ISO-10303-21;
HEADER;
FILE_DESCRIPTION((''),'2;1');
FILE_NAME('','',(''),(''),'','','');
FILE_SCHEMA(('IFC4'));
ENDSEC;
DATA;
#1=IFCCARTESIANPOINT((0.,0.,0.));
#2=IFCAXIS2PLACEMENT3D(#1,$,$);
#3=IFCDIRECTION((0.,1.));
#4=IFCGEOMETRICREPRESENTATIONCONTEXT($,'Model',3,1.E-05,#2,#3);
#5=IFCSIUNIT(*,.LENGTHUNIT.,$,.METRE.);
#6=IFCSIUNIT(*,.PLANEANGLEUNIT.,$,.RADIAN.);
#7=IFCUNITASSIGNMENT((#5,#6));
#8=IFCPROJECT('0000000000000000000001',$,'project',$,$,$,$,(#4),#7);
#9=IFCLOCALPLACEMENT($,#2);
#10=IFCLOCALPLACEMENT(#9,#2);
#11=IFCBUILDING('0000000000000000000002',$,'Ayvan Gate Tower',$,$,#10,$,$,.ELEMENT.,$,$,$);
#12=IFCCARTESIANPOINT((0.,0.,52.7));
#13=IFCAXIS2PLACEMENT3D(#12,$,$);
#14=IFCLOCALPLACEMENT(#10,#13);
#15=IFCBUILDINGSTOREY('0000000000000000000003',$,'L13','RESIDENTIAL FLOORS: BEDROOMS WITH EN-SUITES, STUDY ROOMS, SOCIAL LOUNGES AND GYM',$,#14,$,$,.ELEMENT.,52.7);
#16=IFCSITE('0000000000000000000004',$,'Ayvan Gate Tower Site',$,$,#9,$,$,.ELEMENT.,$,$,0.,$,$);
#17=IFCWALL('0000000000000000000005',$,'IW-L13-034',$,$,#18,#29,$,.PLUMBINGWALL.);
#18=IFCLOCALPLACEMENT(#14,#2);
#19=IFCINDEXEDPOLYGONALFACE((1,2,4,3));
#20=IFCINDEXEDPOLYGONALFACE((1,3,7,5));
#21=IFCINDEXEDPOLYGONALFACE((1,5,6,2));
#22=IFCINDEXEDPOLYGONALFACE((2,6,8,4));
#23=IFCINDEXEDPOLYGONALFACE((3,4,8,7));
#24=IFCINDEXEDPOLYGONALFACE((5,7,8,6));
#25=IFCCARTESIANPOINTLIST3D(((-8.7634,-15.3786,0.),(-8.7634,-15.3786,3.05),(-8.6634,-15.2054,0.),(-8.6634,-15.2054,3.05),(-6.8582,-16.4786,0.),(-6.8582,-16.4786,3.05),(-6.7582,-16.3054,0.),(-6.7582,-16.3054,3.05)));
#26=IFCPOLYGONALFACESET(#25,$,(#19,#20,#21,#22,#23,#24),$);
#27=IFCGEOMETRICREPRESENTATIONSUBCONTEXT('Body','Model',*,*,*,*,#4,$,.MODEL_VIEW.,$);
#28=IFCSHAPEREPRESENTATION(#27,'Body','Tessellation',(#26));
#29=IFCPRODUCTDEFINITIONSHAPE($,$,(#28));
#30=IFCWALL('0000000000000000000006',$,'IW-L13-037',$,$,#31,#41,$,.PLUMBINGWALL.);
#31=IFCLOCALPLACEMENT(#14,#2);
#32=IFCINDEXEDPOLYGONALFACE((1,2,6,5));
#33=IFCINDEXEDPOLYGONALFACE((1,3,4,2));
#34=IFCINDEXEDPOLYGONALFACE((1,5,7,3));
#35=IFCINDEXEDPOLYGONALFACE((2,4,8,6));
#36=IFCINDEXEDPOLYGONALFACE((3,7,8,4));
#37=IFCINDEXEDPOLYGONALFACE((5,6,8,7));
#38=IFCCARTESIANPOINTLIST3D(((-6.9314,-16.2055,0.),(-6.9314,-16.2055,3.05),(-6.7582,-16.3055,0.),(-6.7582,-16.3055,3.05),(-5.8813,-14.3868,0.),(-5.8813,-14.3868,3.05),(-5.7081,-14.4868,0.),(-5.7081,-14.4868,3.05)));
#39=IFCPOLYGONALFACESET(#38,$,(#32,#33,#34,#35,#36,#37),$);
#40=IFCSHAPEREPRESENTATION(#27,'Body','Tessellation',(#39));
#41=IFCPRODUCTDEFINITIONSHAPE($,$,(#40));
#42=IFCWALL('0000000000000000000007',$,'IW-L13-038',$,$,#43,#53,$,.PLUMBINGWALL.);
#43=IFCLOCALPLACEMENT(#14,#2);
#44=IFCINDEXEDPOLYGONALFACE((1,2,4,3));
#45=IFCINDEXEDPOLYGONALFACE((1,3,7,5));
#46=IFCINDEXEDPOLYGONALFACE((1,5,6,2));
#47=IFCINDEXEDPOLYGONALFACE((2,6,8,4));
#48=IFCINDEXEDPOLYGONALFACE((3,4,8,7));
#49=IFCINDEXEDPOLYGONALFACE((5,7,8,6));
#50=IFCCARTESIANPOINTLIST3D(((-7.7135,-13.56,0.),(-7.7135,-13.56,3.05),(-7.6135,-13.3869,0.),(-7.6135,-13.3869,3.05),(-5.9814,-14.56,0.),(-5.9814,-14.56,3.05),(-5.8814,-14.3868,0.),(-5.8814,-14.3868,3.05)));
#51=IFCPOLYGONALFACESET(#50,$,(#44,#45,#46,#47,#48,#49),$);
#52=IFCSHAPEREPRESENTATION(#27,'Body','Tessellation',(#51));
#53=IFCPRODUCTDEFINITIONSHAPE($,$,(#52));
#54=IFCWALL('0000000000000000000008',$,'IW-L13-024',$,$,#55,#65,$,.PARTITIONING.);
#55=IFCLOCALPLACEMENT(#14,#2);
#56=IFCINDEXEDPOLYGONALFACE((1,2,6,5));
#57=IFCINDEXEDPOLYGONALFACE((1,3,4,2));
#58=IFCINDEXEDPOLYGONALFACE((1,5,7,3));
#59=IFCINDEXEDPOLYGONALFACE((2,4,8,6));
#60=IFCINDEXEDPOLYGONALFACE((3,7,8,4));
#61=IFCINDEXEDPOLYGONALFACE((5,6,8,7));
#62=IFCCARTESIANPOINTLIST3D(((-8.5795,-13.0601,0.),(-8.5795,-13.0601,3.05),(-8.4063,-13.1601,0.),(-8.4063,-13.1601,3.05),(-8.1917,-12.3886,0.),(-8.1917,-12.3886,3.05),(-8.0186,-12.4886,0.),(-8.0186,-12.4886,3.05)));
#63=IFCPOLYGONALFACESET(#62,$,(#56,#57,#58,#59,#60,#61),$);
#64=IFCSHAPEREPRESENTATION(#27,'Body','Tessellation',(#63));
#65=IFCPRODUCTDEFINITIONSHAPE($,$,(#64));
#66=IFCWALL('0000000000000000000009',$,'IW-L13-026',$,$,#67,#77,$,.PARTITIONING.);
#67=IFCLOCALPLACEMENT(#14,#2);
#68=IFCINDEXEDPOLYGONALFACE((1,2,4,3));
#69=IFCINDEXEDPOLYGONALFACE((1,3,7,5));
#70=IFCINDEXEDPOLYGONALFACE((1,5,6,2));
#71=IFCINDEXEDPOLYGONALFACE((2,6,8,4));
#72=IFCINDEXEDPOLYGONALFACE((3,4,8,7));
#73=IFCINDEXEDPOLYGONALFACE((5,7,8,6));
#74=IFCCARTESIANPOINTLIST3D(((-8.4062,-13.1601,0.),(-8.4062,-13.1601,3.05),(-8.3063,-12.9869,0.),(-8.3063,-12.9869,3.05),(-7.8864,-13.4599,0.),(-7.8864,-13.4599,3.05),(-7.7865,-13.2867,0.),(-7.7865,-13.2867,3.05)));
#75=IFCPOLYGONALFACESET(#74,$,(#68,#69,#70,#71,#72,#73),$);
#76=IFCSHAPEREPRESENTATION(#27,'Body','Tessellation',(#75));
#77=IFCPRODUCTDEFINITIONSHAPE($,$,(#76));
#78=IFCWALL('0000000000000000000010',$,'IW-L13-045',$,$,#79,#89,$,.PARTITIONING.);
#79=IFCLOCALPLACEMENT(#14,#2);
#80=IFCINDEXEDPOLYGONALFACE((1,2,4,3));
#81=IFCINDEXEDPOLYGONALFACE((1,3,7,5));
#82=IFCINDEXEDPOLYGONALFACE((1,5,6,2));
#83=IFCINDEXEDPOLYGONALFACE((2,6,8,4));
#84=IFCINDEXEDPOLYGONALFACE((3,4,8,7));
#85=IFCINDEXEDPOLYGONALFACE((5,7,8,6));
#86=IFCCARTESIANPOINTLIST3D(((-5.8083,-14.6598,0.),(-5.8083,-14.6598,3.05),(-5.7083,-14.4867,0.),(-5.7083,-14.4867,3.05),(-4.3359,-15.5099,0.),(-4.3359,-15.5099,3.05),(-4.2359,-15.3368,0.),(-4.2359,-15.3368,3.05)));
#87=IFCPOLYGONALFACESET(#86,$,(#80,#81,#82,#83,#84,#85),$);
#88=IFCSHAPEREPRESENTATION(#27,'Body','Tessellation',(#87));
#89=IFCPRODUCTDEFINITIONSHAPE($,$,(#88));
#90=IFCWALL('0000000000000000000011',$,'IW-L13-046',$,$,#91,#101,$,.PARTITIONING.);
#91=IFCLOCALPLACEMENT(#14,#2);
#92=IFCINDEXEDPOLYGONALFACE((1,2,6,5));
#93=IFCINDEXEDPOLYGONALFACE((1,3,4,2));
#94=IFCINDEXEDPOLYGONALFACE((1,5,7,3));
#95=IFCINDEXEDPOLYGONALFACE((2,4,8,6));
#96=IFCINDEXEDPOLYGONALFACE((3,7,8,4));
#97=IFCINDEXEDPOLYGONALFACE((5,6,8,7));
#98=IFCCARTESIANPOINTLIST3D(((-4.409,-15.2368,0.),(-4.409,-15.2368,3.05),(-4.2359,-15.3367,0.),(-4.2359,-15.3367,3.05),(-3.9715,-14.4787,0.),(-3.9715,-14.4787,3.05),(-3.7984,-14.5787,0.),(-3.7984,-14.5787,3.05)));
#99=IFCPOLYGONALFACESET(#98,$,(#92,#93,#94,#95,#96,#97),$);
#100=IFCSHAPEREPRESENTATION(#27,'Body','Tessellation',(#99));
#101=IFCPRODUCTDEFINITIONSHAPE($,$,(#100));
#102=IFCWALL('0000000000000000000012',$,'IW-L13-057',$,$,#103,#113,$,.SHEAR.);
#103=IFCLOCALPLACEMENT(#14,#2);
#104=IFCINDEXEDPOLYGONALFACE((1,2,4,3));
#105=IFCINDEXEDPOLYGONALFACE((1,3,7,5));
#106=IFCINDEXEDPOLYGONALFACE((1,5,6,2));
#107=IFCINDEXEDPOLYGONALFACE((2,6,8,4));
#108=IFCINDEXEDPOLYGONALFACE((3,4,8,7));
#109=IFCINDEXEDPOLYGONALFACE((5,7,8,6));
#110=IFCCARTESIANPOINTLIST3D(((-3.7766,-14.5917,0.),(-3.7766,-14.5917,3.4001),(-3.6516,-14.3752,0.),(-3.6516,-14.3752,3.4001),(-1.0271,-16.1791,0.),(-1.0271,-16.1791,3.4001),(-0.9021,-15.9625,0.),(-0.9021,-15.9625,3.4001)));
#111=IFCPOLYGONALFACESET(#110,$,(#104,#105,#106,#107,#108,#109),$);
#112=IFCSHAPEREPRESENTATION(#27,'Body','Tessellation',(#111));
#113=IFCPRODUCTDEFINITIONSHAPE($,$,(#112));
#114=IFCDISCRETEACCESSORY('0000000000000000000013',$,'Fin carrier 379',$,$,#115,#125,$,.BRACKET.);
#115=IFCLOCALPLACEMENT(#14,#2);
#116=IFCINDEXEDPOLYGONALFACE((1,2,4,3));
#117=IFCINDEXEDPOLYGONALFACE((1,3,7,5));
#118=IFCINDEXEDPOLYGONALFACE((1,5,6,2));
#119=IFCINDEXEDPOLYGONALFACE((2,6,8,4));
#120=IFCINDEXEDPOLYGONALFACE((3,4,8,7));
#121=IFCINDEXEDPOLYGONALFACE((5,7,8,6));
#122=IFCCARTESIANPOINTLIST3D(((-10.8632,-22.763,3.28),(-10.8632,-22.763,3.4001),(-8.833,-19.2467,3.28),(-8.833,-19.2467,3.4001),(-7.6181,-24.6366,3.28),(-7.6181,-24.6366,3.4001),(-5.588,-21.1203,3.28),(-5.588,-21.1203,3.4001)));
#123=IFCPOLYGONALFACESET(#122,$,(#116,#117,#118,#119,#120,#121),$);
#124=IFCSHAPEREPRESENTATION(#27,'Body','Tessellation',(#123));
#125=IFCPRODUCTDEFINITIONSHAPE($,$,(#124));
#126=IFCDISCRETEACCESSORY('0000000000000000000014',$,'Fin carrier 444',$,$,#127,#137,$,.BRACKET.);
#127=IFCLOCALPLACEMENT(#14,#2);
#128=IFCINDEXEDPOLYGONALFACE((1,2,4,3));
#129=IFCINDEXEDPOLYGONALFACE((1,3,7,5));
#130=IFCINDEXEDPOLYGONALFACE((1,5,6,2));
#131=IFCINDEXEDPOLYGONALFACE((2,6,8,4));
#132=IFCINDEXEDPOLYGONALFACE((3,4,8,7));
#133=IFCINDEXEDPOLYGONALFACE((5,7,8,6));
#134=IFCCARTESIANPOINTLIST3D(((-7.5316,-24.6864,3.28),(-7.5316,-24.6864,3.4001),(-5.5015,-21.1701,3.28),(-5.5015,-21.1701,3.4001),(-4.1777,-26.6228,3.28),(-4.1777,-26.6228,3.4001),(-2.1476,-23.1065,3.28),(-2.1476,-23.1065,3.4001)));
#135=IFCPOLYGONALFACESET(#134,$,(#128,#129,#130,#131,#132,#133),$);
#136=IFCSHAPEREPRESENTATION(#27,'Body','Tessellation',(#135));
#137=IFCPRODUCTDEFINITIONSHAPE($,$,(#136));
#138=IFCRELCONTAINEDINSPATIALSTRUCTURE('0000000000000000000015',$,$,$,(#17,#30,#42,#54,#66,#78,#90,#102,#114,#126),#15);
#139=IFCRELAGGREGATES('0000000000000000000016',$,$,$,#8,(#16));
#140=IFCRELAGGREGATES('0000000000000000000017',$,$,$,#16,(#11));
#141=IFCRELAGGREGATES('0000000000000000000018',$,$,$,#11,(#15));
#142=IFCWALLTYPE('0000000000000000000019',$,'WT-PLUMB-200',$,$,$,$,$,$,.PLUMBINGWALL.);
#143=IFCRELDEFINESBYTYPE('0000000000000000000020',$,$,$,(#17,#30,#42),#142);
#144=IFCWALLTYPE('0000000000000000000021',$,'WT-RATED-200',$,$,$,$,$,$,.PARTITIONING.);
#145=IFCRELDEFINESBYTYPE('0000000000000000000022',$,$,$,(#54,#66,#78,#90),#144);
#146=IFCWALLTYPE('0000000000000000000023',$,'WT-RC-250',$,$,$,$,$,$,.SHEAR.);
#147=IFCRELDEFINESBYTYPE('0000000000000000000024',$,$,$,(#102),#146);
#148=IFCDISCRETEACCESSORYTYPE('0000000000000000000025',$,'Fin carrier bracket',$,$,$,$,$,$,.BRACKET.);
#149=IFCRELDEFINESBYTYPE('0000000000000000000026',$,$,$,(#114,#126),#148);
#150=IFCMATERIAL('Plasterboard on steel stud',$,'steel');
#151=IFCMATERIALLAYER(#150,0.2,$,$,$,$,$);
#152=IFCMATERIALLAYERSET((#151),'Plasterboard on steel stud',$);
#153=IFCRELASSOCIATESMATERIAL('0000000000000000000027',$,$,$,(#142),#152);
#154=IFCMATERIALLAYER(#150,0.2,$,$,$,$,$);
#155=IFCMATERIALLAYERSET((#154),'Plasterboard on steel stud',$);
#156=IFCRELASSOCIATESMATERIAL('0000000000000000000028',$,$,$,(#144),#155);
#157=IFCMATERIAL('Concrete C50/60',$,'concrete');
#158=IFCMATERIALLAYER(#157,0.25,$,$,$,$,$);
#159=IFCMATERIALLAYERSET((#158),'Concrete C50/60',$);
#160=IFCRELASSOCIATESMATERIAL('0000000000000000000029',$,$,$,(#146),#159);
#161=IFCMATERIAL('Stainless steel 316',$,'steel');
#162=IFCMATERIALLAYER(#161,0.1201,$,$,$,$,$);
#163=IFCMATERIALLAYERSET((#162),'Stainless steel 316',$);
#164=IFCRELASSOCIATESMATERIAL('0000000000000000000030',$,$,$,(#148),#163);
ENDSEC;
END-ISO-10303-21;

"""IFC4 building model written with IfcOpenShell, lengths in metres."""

from ifc_helpers import new_model, si_unit, direction, frame, frame_2d, origin, origin_2d, place, context, subcontext, project, spatial, rectangle, extrude, material, layer, layer_set, type_object, element, save


model = new_model("IFC4")

# Units and contexts
model_context = context("Model", 3, precision=1e-05, world=origin(), true_north=direction((0.0, 1.0)))
body_context = subcontext(model_context, "Body", "Model", "MODEL_VIEW")
ifc_project = project(units=[si_unit("LENGTHUNIT", "METRE"), si_unit("PLANEANGLEUNIT", "RADIAN")], contexts=[model_context])

# Site, building, storey
site_placement = place(None, origin())
site = spatial("IfcSite", under=ifc_project, at=site_placement, Name="Ayvan Gate Tower Site", CompositionType="ELEMENT", RefElevation=0.0)
building_placement = place(site_placement, origin())
building = spatial("IfcBuilding", under=site, at=building_placement, Name="Ayvan Gate Tower", CompositionType="ELEMENT")
storey_placement = place(building_placement, frame((0.0, 0.0, 52.7)))
storey = spatial("IfcBuildingStorey", under=building, at=storey_placement, Name="L13", Description="RESIDENTIAL FLOORS: BEDROOMS WITH EN-SUITES, STUDY ROOMS, SOCIAL LOUNGES AND GYM", CompositionType="ELEMENT", Elevation=52.7)

# Walls
ifc_material_1 = material(Name="Plasterboard on steel stud", Category="steel")
ifc_layer_1 = layer(ifc_material_1, 0.2)
ifc_layer_set_1 = layer_set([ifc_layer_1], Name="Plasterboard on steel stud")
wall_type_1 = type_object("IfcWallType", Name="WT-PLUMB-200", PredefinedType="PLUMBINGWALL", material=ifc_layer_set_1)
wall_1_placement = place(storey_placement, frame((-6.8081, -16.3921, 0.0), z_axis=(0.0, 0.0, 1.0), x_axis=(-0.866008, 0.50003, 0.0)))
element("IfcWall", 1, at=wall_1_placement, inside=storey, type_object=wall_type_1, Name="IW-L13-034", PredefinedType="PLUMBINGWALL", context=body_context, shape_type="SweptSolid", body=[
    extrude(rectangle(XDim=2.2, YDim=0.2, at=frame_2d((1.1001, 0.0))), origin(), (0.0, 0.0, 1.0), 3.05),
])
wall_2_placement = place(storey_placement, frame((-5.7947, -14.4368, 0.0), z_axis=(0.0, 0.0, 1.0), x_axis=(-0.500028, -0.866009, 0.0)))
element("IfcWall", 2, at=wall_2_placement, inside=storey, type_object=wall_type_1, Name="IW-L13-037", PredefinedType="PLUMBINGWALL", context=body_context, shape_type="SweptSolid", body=[
    extrude(rectangle(XDim=2.1001, YDim=0.2, at=frame_2d((1.05, 0.0))), origin(), (0.0, 0.0, 1.0), 3.05),
])
wall_3_placement = place(storey_placement, frame((-5.9314, -14.4734, 0.0), z_axis=(0.0, 0.0, 1.0), x_axis=(-0.866041, 0.499973, 0.0)))
element("IfcWall", 3, at=wall_3_placement, inside=storey, type_object=wall_type_1, Name="IW-L13-038", PredefinedType="PLUMBINGWALL", context=body_context, shape_type="SweptSolid", body=[
    extrude(rectangle(XDim=2.0, YDim=0.2, at=frame_2d((1.0, 0.0))), origin(), (0.0, 0.0, 1.0), 3.05),
])
ifc_layer_2 = layer(ifc_material_1, 0.2)
ifc_layer_set_2 = layer_set([ifc_layer_2], Name="Plasterboard on steel stud")
wall_type_2 = type_object("IfcWallType", Name="WT-RATED-200", PredefinedType="PARTITIONING", material=ifc_layer_set_2)
wall_4_placement = place(storey_placement, frame((-8.4929, -13.1101, 0.0), z_axis=(0.0, 0.0, 1.0), x_axis=(0.500068, 0.865986, 0.0)))
element("IfcWall", 4, at=wall_4_placement, inside=storey, type_object=wall_type_2, Name="IW-L13-024", PredefinedType="PARTITIONING", context=body_context, shape_type="SweptSolid", body=[
    extrude(rectangle(XDim=0.7754, YDim=0.2, at=frame_2d((0.3877, 0.0))), origin(), (0.0, 0.0, 1.0), 3.05),
])
wall_5_placement = place(storey_placement, frame((-7.8364, -13.3733, 0.0), z_axis=(0.0, 0.0, 1.0), x_axis=(-0.866233, 0.49964, 0.0)))
element("IfcWall", 5, at=wall_5_placement, inside=storey, type_object=wall_type_2, Name="IW-L13-026", PredefinedType="PARTITIONING", context=body_context, shape_type="SweptSolid", body=[
    extrude(rectangle(XDim=0.6001, YDim=0.2, at=frame_2d((0.3, 0.0))), origin(), (0.0, 0.0, 1.0), 3.05),
])
wall_6_placement = place(storey_placement, frame((-4.2859, -15.4233, 0.0), z_axis=(0.0, 0.0, 1.0), x_axis=(-0.866025, 0.5, 0.0)))
element("IfcWall", 6, at=wall_6_placement, inside=storey, type_object=wall_type_2, Name="IW-L13-045", PredefinedType="PARTITIONING", context=body_context, shape_type="SweptSolid", body=[
    extrude(rectangle(XDim=1.7002, YDim=0.2, at=frame_2d((0.8501, 0.0))), origin(), (0.0, 0.0, 1.0), 3.05),
])
wall_7_placement = place(storey_placement, frame((-3.885, -14.5288, 0.0), z_axis=(0.0, 0.0, 1.0), x_axis=(-0.499859, -0.866107, 0.0)))
element("IfcWall", 7, at=wall_7_placement, inside=storey, type_object=wall_type_2, Name="IW-L13-046", PredefinedType="PARTITIONING", context=body_context, shape_type="SweptSolid", body=[
    extrude(rectangle(XDim=0.8752, YDim=0.2, at=frame_2d((0.4375, 0.0))), origin(), (0.0, 0.0, 1.0), 3.05),
])
ifc_material_2 = material(Name="Concrete C50/60", Category="concrete")
ifc_layer_3 = layer(ifc_material_2, 0.25)
ifc_layer_set_3 = layer_set([ifc_layer_3], Name="Concrete C50/60")
wall_type_3 = type_object("IfcWallType", Name="WT-RC-250", PredefinedType="SHEAR", material=ifc_layer_set_3)
wall_8_placement = place(storey_placement, frame((-0.9646, -16.0708, 0.0), z_axis=(0.0, 0.0, 1.0), x_axis=(-0.866029, 0.499993, 0.0)))
element("IfcWall", 8, at=wall_8_placement, inside=storey, type_object=wall_type_3, Name="IW-L13-057", PredefinedType="SHEAR", context=body_context, shape_type="SweptSolid", body=[
    extrude(rectangle(XDim=3.1748, YDim=0.25, at=frame_2d((1.5874, 0.0))), origin(), (0.0, 0.0, 1.0), 3.4001),
])

# Discrete accessories
ifc_material_3 = material(Name="Stainless steel 316", Category="steel")
ifc_layer_4 = layer(ifc_material_3, 0.1201)
ifc_layer_set_4 = layer_set([ifc_layer_4], Name="Stainless steel 316")
discrete_accessory_type = type_object("IfcDiscreteAccessoryType", Name="Fin carrier bracket", PredefinedType="BRACKET", material=ifc_layer_set_4)
discrete_accessory_1_placement = place(storey_placement, frame((-8.2256, -21.9417, 3.28), z_axis=(0.0, 0.0, 1.0), x_axis=(0.866025, -0.5, 0.0)))
element("IfcDiscreteAccessory", 9, at=discrete_accessory_1_placement, inside=storey, type_object=discrete_accessory_type, Name="Fin carrier 379", PredefinedType="BRACKET", context=body_context, shape_type="SweptSolid", body=[
    extrude(rectangle(XDim=3.7471, YDim=4.0603, at=origin_2d()), origin(), (0.0, 0.0, 1.0), 0.1201),
])
discrete_accessory_2_placement = place(storey_placement, frame((-4.8396, -23.8965, 3.28), z_axis=(0.0, 0.0, 1.0), x_axis=(0.866025, -0.5, 0.0)))
element("IfcDiscreteAccessory", 10, at=discrete_accessory_2_placement, inside=storey, type_object=discrete_accessory_type, Name="Fin carrier 444", PredefinedType="BRACKET", context=body_context, shape_type="SweptSolid", body=[
    extrude(rectangle(XDim=3.8728, YDim=4.0603, at=origin_2d()), origin(), (0.0, 0.0, 1.0), 0.1201),
])

save(model, "model.ifc")
